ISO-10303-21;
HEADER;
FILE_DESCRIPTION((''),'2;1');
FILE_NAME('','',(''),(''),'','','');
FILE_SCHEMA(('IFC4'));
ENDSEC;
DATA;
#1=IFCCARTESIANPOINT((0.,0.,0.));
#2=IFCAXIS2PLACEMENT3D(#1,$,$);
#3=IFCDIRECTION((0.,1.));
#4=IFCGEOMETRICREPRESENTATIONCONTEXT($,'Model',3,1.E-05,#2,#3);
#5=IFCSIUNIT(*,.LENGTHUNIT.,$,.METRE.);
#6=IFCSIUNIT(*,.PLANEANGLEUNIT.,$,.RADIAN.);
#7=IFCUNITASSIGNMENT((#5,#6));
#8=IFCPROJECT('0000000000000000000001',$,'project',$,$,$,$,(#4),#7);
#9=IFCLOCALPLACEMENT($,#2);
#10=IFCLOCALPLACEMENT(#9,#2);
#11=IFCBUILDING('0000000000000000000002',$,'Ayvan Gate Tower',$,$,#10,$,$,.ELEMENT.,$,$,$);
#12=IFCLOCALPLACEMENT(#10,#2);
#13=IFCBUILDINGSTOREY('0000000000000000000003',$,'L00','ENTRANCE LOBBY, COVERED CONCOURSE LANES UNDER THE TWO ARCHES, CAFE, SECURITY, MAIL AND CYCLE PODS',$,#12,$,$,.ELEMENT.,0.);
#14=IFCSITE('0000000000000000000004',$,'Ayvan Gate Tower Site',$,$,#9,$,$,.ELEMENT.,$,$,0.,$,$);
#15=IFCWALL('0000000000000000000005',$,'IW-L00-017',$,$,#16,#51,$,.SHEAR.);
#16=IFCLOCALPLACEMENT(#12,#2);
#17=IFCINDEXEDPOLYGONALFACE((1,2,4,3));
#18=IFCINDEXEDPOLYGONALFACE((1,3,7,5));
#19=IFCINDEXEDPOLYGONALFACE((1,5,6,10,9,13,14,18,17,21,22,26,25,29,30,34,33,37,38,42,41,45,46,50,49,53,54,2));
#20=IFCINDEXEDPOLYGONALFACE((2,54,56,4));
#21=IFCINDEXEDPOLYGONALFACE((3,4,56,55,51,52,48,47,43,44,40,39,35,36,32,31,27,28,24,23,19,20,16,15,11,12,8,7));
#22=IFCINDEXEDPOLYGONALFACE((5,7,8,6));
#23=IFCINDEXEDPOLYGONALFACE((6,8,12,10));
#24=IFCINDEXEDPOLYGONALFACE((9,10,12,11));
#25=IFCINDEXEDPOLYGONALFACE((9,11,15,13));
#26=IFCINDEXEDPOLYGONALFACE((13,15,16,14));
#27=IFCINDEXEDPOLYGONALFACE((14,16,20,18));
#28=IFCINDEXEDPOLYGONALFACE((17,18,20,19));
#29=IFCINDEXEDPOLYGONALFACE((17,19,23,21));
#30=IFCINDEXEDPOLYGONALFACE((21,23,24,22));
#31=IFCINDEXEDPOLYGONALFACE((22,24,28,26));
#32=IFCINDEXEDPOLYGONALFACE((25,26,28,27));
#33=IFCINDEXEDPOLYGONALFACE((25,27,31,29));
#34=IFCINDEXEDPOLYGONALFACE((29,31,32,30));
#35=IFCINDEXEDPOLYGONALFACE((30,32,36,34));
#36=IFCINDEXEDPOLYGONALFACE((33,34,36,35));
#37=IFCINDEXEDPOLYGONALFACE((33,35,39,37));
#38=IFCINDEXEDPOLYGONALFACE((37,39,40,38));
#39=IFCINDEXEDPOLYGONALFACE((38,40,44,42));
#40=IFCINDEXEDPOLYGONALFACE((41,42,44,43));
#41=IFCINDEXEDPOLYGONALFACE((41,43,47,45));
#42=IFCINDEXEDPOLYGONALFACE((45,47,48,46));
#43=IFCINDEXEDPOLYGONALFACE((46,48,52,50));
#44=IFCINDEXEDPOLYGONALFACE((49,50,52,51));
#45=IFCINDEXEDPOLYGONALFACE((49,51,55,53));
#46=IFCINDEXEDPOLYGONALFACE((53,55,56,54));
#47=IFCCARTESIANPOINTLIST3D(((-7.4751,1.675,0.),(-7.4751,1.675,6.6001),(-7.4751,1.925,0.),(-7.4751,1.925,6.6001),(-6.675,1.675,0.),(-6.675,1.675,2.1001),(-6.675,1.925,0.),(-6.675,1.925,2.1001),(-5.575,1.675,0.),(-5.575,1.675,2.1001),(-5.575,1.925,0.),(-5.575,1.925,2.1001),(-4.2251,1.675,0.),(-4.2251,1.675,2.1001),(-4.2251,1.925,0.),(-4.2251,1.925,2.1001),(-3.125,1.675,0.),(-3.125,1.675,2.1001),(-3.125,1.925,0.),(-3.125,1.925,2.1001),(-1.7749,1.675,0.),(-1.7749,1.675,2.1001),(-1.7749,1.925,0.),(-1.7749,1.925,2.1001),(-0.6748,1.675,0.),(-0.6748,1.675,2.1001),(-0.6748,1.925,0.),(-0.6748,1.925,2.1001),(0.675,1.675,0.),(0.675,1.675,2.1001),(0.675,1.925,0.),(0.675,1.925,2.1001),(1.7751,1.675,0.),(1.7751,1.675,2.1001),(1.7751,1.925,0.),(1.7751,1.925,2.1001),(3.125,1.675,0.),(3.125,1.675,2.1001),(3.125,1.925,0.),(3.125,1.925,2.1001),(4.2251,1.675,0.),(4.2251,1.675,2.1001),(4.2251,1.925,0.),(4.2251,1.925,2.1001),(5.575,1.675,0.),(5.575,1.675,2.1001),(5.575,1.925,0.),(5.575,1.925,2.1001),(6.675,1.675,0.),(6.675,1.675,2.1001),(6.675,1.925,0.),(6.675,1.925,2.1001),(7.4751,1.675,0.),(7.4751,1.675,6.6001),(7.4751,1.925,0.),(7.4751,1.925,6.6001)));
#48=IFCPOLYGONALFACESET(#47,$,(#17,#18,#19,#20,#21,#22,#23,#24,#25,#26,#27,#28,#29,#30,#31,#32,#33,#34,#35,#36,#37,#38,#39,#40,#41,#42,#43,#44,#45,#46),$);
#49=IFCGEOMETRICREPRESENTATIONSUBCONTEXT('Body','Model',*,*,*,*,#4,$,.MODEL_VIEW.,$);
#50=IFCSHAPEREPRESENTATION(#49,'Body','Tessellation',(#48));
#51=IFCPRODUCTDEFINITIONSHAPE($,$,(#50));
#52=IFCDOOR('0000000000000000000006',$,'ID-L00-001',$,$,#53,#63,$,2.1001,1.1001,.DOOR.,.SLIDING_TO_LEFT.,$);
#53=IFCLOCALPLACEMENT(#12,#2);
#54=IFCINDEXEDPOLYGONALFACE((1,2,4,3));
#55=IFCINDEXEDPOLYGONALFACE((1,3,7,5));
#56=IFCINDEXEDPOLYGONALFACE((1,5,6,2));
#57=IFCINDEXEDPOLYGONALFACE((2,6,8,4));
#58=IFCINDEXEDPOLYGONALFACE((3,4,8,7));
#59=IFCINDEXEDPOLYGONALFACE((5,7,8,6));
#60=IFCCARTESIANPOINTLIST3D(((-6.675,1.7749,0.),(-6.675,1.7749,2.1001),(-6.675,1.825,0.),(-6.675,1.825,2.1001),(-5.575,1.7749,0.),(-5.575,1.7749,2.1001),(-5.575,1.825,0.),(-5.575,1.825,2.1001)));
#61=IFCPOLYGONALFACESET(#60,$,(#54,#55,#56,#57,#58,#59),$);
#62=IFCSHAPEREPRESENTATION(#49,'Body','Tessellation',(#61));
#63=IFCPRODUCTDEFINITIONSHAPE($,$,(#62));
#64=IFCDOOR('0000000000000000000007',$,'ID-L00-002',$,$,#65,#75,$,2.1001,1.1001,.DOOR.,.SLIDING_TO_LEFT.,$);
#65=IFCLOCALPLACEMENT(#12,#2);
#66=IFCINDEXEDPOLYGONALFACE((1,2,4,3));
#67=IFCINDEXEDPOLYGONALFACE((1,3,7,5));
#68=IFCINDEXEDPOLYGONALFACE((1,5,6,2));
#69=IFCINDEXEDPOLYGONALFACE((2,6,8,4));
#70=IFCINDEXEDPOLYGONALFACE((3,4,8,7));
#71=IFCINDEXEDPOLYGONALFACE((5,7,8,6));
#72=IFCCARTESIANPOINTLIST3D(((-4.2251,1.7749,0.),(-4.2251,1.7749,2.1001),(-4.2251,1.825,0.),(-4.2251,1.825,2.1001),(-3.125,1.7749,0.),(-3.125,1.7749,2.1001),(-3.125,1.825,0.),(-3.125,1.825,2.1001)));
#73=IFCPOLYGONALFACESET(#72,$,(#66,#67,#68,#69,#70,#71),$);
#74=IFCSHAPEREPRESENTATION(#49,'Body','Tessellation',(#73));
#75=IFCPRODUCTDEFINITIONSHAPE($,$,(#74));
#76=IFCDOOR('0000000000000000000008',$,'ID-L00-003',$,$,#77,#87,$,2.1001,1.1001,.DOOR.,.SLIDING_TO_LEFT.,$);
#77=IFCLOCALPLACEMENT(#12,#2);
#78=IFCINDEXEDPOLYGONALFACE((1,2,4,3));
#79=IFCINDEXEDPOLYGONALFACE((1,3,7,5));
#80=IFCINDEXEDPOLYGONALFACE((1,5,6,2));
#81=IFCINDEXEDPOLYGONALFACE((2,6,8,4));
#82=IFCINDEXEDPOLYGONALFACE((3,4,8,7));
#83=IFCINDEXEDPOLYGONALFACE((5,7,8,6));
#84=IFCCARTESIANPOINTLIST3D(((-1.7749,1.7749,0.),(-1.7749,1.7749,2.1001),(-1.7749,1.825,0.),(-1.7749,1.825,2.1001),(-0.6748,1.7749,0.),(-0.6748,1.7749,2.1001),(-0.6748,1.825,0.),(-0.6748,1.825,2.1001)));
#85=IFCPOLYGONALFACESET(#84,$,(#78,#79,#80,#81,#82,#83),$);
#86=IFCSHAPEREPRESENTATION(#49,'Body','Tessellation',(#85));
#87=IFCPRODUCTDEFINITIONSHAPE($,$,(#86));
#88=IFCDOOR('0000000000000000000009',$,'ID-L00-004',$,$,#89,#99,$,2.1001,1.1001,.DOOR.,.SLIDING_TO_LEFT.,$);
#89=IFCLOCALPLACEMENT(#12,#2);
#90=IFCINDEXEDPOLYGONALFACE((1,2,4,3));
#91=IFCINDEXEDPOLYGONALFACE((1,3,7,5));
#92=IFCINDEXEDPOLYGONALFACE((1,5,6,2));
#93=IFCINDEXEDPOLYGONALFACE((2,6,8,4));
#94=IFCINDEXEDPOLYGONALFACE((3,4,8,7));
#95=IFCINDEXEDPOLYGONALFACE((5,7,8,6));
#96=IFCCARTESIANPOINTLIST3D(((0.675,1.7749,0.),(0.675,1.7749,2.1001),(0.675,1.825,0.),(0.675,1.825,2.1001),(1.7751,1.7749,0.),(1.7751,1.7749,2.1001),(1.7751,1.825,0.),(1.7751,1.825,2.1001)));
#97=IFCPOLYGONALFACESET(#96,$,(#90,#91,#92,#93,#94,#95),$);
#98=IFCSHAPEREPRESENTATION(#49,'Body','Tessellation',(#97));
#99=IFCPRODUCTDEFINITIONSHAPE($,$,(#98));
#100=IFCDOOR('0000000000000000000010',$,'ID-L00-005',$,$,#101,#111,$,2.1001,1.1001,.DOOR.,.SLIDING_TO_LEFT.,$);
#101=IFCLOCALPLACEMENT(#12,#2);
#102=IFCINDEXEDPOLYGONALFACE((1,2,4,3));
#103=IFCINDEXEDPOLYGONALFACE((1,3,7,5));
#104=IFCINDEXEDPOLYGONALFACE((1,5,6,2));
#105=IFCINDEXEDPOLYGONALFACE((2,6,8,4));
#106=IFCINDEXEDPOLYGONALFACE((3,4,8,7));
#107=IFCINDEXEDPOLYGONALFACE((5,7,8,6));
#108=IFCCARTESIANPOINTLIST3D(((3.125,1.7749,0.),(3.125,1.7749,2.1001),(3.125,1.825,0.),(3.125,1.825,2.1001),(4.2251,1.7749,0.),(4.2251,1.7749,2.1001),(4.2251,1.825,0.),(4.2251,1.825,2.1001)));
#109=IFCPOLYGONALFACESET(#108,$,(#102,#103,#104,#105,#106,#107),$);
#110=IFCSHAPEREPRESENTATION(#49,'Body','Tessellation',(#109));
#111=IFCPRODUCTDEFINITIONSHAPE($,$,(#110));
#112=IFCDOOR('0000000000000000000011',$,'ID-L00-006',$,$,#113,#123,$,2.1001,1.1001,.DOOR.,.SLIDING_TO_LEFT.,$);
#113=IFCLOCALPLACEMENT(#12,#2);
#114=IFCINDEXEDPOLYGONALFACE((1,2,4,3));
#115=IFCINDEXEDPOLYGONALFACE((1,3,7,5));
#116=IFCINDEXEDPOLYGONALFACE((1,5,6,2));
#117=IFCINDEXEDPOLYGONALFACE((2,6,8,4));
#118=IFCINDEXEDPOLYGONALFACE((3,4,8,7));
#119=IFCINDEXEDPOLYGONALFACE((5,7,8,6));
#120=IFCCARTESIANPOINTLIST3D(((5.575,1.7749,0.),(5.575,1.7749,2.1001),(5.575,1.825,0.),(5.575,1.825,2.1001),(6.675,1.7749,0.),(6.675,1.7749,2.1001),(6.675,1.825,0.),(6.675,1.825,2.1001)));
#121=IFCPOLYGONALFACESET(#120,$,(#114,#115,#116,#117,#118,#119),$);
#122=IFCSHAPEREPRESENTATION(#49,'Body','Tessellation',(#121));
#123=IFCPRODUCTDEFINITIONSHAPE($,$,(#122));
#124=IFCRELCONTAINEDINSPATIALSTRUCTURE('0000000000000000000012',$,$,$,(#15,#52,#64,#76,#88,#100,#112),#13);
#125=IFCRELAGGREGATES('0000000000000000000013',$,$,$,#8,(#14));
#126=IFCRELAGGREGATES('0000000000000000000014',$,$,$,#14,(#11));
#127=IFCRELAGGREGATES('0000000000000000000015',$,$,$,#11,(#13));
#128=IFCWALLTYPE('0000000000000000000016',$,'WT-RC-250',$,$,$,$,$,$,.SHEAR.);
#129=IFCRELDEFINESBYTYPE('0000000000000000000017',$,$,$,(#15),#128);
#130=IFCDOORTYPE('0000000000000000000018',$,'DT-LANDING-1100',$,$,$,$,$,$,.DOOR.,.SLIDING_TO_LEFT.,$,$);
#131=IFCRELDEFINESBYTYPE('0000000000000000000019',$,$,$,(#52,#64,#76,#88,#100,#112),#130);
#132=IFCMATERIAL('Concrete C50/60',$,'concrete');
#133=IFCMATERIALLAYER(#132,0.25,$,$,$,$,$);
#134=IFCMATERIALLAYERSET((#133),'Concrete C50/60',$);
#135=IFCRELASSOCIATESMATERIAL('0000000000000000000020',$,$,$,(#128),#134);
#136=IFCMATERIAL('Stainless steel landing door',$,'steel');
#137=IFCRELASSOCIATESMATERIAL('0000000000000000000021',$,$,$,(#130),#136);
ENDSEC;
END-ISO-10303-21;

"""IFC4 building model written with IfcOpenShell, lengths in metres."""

from ifc_helpers import new_model, si_unit, direction, frame, frame_2d, origin, place, context, subcontext, project, spatial, rectangle, extrude, material, layer, layer_set, type_object, element, fill, save


model = new_model("IFC4")

# Units and contexts
model_context = context("Model", 3, precision=1e-05, world=origin(), true_north=direction((0.0, 1.0)))
body_context = subcontext(model_context, "Body", "Model", "MODEL_VIEW")
ifc_project = project(units=[si_unit("LENGTHUNIT", "METRE"), si_unit("PLANEANGLEUNIT", "RADIAN")], contexts=[model_context])

# Site, building, storey
site_placement = place(None, origin())
site = spatial("IfcSite", under=ifc_project, at=site_placement, Name="Ayvan Gate Tower Site", CompositionType="ELEMENT", RefElevation=0.0)
building_placement = place(site_placement, origin())
building = spatial("IfcBuilding", under=site, at=building_placement, Name="Ayvan Gate Tower", CompositionType="ELEMENT")
storey_placement = place(building_placement, origin())
storey = spatial("IfcBuildingStorey", under=building, at=storey_placement, Name="L00", Description="ENTRANCE LOBBY, COVERED CONCOURSE LANES UNDER THE TWO ARCHES, CAFE, SECURITY, MAIL AND CYCLE PODS", CompositionType="ELEMENT", Elevation=0.0)

# Wall, openings, doors
ifc_material_1 = material(Name="Concrete C50/60", Category="concrete")
ifc_layer_1 = layer(ifc_material_1, 0.25)
ifc_layer_set_1 = layer_set([ifc_layer_1], Name="Concrete C50/60")
wall_type_1 = type_object("IfcWallType", Name="WT-RC-250", PredefinedType="SHEAR", material=ifc_layer_set_1)
wall_1_placement = place(storey_placement, frame((-7.4751, 1.8, 0.0), z_axis=(0.0, 0.0, 1.0), x_axis=(1.0, 0.0, 0.0)))
wall_1 = element("IfcWall", 1, at=wall_1_placement, inside=storey, type_object=wall_type_1, Name="IW-L00-017", PredefinedType="SHEAR", context=body_context, shape_type="SweptSolid", body=[
    extrude(rectangle(XDim=14.9502, YDim=0.25, at=frame_2d((7.4751, 0.0))), origin(), (0.0, 0.0, 1.0), 6.6001),
])
opening_1_placement = place(wall_1_placement, frame((0.8, 0.0, 0.0)))
opening_1 = element("IfcOpeningElement", 2, at=opening_1_placement, cuts=wall_1, PredefinedType="OPENING", context=body_context, shape_type="SweptSolid", body=[
    extrude(rectangle(XDim=1.1001, YDim=2.1001, at=frame_2d((0.55, 1.05))), frame((0.0, 0.135, 0.0), z_axis=(0.0, -1.0, 0.0), x_axis=(1.0, 0.0, 0.0)), (0.0, 0.0, 1.0), 0.27),
])
opening_2_placement = place(wall_1_placement, frame((3.25, 0.0, 0.0)))
opening_2 = element("IfcOpeningElement", 3, at=opening_2_placement, cuts=wall_1, PredefinedType="OPENING", context=body_context, shape_type="SweptSolid", body=[
    extrude(rectangle(XDim=1.1001, YDim=2.1001, at=frame_2d((0.55, 1.05))), frame((0.0, 0.135, 0.0), z_axis=(0.0, -1.0, 0.0), x_axis=(1.0, 0.0, 0.0)), (0.0, 0.0, 1.0), 0.27),
])
opening_3_placement = place(wall_1_placement, frame((5.7002, 0.0, 0.0)))
opening_3 = element("IfcOpeningElement", 4, at=opening_3_placement, cuts=wall_1, PredefinedType="OPENING", context=body_context, shape_type="SweptSolid", body=[
    extrude(rectangle(XDim=1.1001, YDim=2.1001, at=frame_2d((0.55, 1.05))), frame((0.0, 0.135, 0.0), z_axis=(0.0, -1.0, 0.0), x_axis=(1.0, 0.0, 0.0)), (0.0, 0.0, 1.0), 0.27),
])
opening_4_placement = place(wall_1_placement, frame((8.1501, 0.0, 0.0)))
opening_4 = element("IfcOpeningElement", 5, at=opening_4_placement, cuts=wall_1, PredefinedType="OPENING", context=body_context, shape_type="SweptSolid", body=[
    extrude(rectangle(XDim=1.1001, YDim=2.1001, at=frame_2d((0.55, 1.05))), frame((0.0, 0.135, 0.0), z_axis=(0.0, -1.0, 0.0), x_axis=(1.0, 0.0, 0.0)), (0.0, 0.0, 1.0), 0.27),
])
opening_5_placement = place(wall_1_placement, frame((10.6001, 0.0, 0.0)))
opening_5 = element("IfcOpeningElement", 6, at=opening_5_placement, cuts=wall_1, PredefinedType="OPENING", context=body_context, shape_type="SweptSolid", body=[
    extrude(rectangle(XDim=1.1001, YDim=2.1001, at=frame_2d((0.55, 1.05))), frame((0.0, 0.135, 0.0), z_axis=(0.0, -1.0, 0.0), x_axis=(1.0, 0.0, 0.0)), (0.0, 0.0, 1.0), 0.27),
])
opening_6_placement = place(wall_1_placement, frame((13.05, 0.0, 0.0)))
opening_6 = element("IfcOpeningElement", 7, at=opening_6_placement, cuts=wall_1, PredefinedType="OPENING", context=body_context, shape_type="SweptSolid", body=[
    extrude(rectangle(XDim=1.1001, YDim=2.1001, at=frame_2d((0.55, 1.05))), frame((0.0, 0.135, 0.0), z_axis=(0.0, -1.0, 0.0), x_axis=(1.0, 0.0, 0.0)), (0.0, 0.0, 1.0), 0.27),
])
ifc_material_2 = material(Name="Stainless steel landing door", Category="steel")
door_type_1 = type_object("IfcDoorType", Name="DT-LANDING-1100", OperationType="SLIDING_TO_LEFT", PredefinedType="DOOR", material=ifc_material_2)
door_1_placement = place(opening_1_placement, origin())
door_1 = element("IfcDoor", 8, at=door_1_placement, inside=storey, type_object=door_type_1, Name="ID-L00-001", OperationType="SLIDING_TO_LEFT", OverallHeight=2.1001, OverallWidth=1.1001, PredefinedType="DOOR", context=body_context, shape_type="SweptSolid", body=[
    extrude(rectangle(XDim=1.1001, YDim=2.1001, at=frame_2d((0.55, 1.05))), frame((0.0, 0.0249, 0.0), z_axis=(0.0, -1.0, 0.0), x_axis=(1.0, 0.0, 0.0)), (0.0, 0.0, 1.0), 0.05),
])
fill(opening_1, door_1)
door_2_placement = place(opening_2_placement, origin())
door_2 = element("IfcDoor", 9, at=door_2_placement, inside=storey, type_object=door_type_1, Name="ID-L00-002", OperationType="SLIDING_TO_LEFT", OverallHeight=2.1001, OverallWidth=1.1001, PredefinedType="DOOR", context=body_context, shape_type="SweptSolid", body=[
    extrude(rectangle(XDim=1.1001, YDim=2.1001, at=frame_2d((0.55, 1.05))), frame((0.0, 0.0249, 0.0), z_axis=(0.0, -1.0, 0.0), x_axis=(1.0, 0.0, 0.0)), (0.0, 0.0, 1.0), 0.05),
])
fill(opening_2, door_2)
door_3_placement = place(opening_3_placement, origin())
door_3 = element("IfcDoor", 10, at=door_3_placement, inside=storey, type_object=door_type_1, Name="ID-L00-003", OperationType="SLIDING_TO_LEFT", OverallHeight=2.1001, OverallWidth=1.1001, PredefinedType="DOOR", context=body_context, shape_type="SweptSolid", body=[
    extrude(rectangle(XDim=1.1001, YDim=2.1001, at=frame_2d((0.55, 1.05))), frame((0.0, 0.0249, 0.0), z_axis=(0.0, -1.0, 0.0), x_axis=(1.0, 0.0, 0.0)), (0.0, 0.0, 1.0), 0.05),
])
fill(opening_3, door_3)
door_4_placement = place(opening_4_placement, origin())
door_4 = element("IfcDoor", 11, at=door_4_placement, inside=storey, type_object=door_type_1, Name="ID-L00-004", OperationType="SLIDING_TO_LEFT", OverallHeight=2.1001, OverallWidth=1.1001, PredefinedType="DOOR", context=body_context, shape_type="SweptSolid", body=[
    extrude(rectangle(XDim=1.1001, YDim=2.1001, at=frame_2d((0.55, 1.05))), frame((0.0, 0.0249, 0.0), z_axis=(0.0, -1.0, 0.0), x_axis=(1.0, 0.0, 0.0)), (0.0, 0.0, 1.0), 0.05),
])
fill(opening_4, door_4)
door_5_placement = place(opening_5_placement, origin())
door_5 = element("IfcDoor", 12, at=door_5_placement, inside=storey, type_object=door_type_1, Name="ID-L00-005", OperationType="SLIDING_TO_LEFT", OverallHeight=2.1001, OverallWidth=1.1001, PredefinedType="DOOR", context=body_context, shape_type="SweptSolid", body=[
    extrude(rectangle(XDim=1.1001, YDim=2.1001, at=frame_2d((0.55, 1.05))), frame((0.0, 0.0249, 0.0), z_axis=(0.0, -1.0, 0.0), x_axis=(1.0, 0.0, 0.0)), (0.0, 0.0, 1.0), 0.05),
])
fill(opening_5, door_5)
door_6_placement = place(opening_6_placement, origin())
door_6 = element("IfcDoor", 13, at=door_6_placement, inside=storey, type_object=door_type_1, Name="ID-L00-006", OperationType="SLIDING_TO_LEFT", OverallHeight=2.1001, OverallWidth=1.1001, PredefinedType="DOOR", context=body_context, shape_type="SweptSolid", body=[
    extrude(rectangle(XDim=1.1001, YDim=2.1001, at=frame_2d((0.55, 1.05))), frame((0.0, 0.0249, 0.0), z_axis=(0.0, -1.0, 0.0), x_axis=(1.0, 0.0, 0.0)), (0.0, 0.0, 1.0), 0.05),
])
fill(opening_6, door_6)

save(model, "model.ifc")
